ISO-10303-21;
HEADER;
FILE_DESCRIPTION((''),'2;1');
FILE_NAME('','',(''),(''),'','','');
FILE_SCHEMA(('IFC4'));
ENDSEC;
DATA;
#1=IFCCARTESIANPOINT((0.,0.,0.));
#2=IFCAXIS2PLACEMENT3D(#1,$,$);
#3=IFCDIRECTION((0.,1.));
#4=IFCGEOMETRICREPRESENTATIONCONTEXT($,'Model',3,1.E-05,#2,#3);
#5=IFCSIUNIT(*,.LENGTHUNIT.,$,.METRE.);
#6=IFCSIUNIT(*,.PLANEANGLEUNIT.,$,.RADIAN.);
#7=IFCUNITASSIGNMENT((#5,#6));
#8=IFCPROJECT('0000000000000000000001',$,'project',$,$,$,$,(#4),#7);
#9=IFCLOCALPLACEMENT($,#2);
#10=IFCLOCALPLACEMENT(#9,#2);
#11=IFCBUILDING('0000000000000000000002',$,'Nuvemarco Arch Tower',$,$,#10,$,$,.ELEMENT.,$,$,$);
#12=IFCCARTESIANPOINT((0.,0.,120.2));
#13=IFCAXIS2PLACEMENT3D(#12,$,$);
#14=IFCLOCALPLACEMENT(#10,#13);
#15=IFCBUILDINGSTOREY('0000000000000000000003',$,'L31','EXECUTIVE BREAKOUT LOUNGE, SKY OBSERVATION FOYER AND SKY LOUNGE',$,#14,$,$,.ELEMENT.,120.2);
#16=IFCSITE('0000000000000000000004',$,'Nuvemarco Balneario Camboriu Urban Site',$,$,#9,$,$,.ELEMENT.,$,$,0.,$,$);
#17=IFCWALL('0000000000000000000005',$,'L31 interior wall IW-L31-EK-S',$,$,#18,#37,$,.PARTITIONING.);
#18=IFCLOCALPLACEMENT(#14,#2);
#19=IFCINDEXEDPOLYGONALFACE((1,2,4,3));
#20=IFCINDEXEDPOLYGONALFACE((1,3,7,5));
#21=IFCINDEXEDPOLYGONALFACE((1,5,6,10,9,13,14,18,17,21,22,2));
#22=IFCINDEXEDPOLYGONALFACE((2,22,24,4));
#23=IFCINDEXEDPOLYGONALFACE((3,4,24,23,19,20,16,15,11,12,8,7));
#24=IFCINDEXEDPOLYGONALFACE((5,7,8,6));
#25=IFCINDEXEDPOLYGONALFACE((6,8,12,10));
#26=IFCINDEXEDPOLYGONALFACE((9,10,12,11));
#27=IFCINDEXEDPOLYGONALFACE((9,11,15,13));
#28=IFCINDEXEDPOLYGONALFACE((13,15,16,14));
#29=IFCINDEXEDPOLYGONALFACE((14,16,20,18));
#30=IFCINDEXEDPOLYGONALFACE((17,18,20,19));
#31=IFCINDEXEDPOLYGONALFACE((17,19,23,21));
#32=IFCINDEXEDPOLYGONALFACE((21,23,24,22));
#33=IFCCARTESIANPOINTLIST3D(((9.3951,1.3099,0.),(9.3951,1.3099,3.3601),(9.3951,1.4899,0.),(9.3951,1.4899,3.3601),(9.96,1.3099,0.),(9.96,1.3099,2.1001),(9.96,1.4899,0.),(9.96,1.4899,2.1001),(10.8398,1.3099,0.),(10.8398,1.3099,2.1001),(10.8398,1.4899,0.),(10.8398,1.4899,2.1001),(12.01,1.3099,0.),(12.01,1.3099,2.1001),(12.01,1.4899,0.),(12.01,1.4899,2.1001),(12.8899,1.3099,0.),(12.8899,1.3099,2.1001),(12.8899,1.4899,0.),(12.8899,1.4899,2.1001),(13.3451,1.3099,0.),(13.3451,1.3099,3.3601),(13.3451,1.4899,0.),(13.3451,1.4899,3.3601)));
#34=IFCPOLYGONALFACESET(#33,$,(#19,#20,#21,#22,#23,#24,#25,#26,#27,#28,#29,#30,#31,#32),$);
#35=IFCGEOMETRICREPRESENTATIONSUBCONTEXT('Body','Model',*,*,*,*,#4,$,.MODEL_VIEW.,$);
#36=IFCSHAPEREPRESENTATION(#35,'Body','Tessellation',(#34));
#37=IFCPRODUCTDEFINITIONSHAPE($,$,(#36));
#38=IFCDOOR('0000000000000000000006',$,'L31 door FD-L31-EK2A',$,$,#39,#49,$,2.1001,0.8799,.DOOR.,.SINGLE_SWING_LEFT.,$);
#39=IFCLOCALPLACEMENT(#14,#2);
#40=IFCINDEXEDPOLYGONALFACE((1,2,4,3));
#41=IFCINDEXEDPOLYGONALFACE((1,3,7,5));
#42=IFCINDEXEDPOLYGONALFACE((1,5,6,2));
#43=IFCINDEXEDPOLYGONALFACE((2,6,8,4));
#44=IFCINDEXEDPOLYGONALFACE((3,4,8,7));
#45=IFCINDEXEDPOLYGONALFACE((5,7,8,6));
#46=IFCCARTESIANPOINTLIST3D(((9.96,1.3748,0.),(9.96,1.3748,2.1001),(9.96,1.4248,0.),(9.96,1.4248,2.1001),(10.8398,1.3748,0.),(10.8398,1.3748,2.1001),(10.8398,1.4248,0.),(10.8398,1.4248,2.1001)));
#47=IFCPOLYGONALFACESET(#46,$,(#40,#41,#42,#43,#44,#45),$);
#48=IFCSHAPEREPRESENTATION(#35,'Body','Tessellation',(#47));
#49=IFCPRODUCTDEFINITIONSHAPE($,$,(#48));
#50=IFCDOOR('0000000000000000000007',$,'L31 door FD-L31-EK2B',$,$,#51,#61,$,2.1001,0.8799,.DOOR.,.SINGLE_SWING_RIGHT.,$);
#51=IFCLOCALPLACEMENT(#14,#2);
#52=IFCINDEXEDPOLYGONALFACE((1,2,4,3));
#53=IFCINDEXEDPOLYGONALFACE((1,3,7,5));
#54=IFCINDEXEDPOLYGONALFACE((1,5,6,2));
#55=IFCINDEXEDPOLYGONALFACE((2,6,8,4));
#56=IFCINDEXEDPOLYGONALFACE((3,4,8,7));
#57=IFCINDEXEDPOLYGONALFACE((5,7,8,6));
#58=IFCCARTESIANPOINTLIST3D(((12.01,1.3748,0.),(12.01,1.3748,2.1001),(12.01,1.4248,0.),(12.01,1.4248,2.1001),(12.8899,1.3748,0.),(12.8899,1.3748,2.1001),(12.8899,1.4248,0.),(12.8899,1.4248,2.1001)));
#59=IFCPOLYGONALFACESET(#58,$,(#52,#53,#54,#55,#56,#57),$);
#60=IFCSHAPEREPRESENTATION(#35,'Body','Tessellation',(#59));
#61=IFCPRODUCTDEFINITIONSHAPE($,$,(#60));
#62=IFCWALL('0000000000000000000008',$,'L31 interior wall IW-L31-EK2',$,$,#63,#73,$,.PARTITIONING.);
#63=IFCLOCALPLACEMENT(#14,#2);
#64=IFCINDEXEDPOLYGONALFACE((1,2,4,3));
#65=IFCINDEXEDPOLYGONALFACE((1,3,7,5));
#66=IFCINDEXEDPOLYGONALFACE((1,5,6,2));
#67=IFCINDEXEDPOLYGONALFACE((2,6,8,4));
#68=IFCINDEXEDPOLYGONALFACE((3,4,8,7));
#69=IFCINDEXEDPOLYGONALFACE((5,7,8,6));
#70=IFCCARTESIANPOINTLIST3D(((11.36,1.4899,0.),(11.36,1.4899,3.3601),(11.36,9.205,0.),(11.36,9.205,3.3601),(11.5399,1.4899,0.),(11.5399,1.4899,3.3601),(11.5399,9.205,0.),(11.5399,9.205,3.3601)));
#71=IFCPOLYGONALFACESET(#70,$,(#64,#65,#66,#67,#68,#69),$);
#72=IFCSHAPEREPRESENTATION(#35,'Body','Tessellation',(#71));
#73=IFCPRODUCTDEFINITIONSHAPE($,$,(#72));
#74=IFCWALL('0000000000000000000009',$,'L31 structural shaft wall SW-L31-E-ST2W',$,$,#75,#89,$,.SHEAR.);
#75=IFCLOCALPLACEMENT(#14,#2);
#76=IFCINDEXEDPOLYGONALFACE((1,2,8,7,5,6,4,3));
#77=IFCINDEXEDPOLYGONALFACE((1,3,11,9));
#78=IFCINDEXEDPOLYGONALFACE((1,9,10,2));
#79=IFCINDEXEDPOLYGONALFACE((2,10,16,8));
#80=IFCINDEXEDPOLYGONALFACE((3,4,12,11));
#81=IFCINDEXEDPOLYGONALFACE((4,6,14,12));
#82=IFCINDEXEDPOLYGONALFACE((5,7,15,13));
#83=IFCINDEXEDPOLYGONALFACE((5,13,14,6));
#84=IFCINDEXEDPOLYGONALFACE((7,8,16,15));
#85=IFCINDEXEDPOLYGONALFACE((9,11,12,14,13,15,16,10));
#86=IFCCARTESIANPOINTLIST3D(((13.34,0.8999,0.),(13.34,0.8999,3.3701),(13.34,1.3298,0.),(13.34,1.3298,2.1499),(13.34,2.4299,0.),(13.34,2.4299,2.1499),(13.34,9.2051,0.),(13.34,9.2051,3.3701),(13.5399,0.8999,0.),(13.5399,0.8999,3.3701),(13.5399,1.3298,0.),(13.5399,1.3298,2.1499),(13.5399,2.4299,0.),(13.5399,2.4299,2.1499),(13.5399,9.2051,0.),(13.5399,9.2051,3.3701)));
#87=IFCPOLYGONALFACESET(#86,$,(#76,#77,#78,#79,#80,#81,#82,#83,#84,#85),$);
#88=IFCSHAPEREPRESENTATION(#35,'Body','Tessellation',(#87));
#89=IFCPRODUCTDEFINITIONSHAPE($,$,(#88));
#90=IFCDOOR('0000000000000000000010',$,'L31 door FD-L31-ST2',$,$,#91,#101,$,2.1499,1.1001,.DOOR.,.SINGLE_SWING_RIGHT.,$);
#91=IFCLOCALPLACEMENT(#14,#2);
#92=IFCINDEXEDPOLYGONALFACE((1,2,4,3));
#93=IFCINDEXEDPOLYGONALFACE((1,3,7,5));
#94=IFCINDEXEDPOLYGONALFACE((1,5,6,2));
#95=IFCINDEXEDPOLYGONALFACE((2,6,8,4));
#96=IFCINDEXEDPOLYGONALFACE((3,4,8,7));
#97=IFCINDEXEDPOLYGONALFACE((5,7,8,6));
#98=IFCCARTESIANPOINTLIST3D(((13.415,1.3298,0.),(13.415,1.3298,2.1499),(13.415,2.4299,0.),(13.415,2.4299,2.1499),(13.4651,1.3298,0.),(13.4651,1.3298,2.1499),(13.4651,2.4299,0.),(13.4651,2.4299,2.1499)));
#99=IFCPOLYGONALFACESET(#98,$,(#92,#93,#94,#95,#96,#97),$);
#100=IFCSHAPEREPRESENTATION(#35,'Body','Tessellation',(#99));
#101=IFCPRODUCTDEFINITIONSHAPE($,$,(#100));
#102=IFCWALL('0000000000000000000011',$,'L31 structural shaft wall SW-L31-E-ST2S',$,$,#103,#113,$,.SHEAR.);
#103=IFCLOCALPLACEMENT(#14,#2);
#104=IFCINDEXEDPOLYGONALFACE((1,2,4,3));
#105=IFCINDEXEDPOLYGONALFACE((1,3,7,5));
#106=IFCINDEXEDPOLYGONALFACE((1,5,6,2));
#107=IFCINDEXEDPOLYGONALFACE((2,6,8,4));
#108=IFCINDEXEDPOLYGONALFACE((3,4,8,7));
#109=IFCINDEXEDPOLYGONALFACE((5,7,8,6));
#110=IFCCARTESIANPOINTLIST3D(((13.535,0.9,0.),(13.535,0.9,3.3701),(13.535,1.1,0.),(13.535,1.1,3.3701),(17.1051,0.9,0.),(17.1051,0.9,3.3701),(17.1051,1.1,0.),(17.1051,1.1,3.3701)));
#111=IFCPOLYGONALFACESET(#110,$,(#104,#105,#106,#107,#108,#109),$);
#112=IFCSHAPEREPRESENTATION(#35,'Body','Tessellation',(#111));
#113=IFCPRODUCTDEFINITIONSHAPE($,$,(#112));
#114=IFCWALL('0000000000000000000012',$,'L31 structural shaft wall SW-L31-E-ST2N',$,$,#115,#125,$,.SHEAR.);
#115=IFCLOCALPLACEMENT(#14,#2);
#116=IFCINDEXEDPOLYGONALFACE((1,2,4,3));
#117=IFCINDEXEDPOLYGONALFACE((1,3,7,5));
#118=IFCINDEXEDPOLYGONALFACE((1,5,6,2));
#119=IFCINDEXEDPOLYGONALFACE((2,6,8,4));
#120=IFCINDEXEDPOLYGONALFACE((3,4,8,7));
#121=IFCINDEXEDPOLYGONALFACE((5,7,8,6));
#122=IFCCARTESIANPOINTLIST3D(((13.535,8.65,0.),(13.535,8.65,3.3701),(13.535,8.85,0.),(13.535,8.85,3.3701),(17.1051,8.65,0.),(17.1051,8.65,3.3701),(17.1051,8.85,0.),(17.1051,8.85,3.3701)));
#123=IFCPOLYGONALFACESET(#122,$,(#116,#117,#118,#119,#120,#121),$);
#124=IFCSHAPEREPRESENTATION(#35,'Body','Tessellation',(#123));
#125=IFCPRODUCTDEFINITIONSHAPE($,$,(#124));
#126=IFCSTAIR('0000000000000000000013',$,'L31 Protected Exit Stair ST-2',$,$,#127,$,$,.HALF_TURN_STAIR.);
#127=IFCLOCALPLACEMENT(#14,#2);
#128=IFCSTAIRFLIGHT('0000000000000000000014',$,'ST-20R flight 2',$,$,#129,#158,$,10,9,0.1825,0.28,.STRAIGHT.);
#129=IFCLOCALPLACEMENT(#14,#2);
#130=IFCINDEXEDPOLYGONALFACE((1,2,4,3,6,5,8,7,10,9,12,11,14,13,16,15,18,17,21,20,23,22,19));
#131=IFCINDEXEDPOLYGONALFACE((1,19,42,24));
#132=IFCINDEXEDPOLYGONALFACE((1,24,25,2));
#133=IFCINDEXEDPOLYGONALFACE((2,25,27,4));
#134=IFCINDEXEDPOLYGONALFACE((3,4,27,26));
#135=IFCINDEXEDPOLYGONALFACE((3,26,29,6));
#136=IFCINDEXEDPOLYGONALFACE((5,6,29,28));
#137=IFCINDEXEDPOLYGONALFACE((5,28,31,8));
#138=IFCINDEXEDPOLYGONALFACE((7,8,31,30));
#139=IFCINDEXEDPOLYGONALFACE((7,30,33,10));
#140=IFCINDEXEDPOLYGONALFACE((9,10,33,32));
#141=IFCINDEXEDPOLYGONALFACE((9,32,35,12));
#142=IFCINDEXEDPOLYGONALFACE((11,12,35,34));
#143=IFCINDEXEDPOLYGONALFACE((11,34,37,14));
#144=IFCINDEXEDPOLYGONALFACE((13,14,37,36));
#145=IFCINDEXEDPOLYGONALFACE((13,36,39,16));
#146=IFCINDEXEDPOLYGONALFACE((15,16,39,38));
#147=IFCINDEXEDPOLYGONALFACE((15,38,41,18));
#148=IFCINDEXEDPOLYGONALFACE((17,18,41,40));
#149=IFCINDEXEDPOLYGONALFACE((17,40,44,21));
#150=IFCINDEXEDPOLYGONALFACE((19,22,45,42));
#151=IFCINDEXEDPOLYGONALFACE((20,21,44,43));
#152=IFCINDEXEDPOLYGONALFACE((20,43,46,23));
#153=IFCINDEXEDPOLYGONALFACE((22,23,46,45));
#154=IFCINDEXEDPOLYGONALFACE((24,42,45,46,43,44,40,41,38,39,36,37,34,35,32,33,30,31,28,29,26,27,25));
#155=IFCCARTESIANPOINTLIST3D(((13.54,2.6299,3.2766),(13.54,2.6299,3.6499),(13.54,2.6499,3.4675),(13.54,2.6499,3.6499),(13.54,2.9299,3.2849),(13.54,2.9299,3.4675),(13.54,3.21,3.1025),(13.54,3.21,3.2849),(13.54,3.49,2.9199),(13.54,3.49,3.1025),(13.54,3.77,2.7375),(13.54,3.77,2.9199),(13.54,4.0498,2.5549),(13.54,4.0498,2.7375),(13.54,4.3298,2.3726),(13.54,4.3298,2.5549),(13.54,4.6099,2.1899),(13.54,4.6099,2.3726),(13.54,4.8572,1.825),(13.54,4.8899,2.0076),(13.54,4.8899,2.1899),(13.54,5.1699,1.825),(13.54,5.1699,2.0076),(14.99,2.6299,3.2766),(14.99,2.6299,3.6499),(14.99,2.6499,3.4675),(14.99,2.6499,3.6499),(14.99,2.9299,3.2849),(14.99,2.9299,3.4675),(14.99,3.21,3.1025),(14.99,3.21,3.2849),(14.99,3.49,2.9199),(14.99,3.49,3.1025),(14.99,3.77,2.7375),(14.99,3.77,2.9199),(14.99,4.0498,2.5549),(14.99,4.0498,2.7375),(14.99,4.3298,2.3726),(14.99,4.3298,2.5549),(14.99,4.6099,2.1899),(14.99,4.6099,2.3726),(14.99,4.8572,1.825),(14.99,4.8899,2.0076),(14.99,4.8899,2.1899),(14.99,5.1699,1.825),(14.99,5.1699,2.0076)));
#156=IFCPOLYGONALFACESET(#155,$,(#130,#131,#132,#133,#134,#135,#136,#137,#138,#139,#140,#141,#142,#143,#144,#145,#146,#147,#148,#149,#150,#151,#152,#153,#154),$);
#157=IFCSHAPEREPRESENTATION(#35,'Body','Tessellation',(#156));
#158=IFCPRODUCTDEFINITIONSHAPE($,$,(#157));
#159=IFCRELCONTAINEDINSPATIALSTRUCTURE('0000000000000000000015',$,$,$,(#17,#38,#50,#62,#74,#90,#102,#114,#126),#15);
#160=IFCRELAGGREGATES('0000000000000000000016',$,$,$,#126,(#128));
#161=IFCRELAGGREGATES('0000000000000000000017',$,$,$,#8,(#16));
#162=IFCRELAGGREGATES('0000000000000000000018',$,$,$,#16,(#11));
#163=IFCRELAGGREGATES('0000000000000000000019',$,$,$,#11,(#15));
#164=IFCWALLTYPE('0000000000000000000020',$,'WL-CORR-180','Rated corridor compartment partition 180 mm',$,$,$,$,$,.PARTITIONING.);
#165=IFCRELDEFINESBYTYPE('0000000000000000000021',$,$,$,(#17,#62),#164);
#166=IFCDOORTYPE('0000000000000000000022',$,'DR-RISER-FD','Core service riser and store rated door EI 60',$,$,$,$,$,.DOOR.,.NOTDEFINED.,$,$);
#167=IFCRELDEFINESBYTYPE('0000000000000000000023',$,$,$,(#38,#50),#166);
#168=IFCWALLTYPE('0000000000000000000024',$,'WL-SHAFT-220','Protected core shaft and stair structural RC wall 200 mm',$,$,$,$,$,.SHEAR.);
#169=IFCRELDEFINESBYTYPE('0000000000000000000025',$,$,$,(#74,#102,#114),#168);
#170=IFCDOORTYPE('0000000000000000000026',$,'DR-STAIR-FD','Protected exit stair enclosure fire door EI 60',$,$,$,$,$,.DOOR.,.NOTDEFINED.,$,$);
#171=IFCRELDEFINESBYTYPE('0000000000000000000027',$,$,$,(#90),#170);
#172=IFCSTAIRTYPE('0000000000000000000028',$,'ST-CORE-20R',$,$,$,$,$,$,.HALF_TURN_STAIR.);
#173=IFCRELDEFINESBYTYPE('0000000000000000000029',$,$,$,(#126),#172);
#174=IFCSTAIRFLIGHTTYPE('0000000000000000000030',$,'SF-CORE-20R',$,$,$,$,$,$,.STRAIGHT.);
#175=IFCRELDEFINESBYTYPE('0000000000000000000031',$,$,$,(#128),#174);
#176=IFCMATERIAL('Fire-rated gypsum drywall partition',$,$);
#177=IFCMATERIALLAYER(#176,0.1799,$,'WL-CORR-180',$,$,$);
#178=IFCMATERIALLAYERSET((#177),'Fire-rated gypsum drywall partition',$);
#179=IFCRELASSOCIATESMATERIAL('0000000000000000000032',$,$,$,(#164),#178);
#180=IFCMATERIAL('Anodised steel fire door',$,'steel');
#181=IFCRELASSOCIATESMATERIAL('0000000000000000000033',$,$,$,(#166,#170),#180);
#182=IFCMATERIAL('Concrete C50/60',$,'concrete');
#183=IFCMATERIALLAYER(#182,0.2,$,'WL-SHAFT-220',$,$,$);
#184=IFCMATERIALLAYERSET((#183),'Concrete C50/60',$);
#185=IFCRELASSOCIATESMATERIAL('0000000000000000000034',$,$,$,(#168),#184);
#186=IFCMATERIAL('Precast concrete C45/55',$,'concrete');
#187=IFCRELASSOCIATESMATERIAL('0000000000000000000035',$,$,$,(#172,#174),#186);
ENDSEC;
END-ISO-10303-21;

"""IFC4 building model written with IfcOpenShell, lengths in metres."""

from ifc_helpers import new_model, si_unit, direction, frame, frame_2d, origin, place, context, subcontext, project, spatial, polyline, rectangle, outline, extrude, source, transform, mapped, material, layer, layer_set, type_object, type_shapes, element, fill, aggregate, save


model = new_model("IFC4")

# Units and contexts
model_context = context("Model", 3, precision=1e-05, world=origin(), true_north=direction((0.0, 1.0)))
body_context = subcontext(model_context, "Body", "Model", "MODEL_VIEW")
ifc_project = project(units=[si_unit("LENGTHUNIT", "METRE"), si_unit("PLANEANGLEUNIT", "RADIAN")], contexts=[model_context])

# Site, building, storey
site_placement = place(None, origin())
site = spatial("IfcSite", under=ifc_project, at=site_placement, Name="Nuvemarco Balneario Camboriu Urban Site", CompositionType="ELEMENT", RefElevation=0.0)
building_placement = place(site_placement, origin())
building = spatial("IfcBuilding", under=site, at=building_placement, Name="Nuvemarco Arch Tower", CompositionType="ELEMENT")
storey_placement = place(building_placement, frame((0.0, 0.0, 120.2)))
storey = spatial("IfcBuildingStorey", under=building, at=storey_placement, Name="L31", Description="EXECUTIVE BREAKOUT LOUNGE, SKY OBSERVATION FOYER AND SKY LOUNGE", CompositionType="ELEMENT", Elevation=120.2)

# Wall, openings, doors
ifc_material_1 = material(Name="Fire-rated gypsum drywall partition")
ifc_layer_1 = layer(ifc_material_1, 0.1799, Name="WL-CORR-180")
ifc_layer_set_1 = layer_set([ifc_layer_1], Name="Fire-rated gypsum drywall partition")
wall_type_1 = type_object("IfcWallType", Name="WL-CORR-180", Description="Rated corridor compartment partition 180 mm", PredefinedType="PARTITIONING", material=ifc_layer_set_1)
wall_1_placement = place(storey_placement, frame((9.395, 1.3999, 0.0), z_axis=(0.0, 0.0, 1.0), x_axis=(1.0, 0.0, 0.0)))
wall_1 = element("IfcWall", 1, at=wall_1_placement, inside=storey, type_object=wall_type_1, Name="L31 interior wall IW-L31-EK-S", PredefinedType="PARTITIONING", context=body_context, shape_type="SweptSolid", body=[
    extrude(rectangle(XDim=3.95, YDim=0.1799, at=frame_2d((1.9751, 0.0))), origin(), (0.0, 0.0, 1.0), 3.3601),
])
opening_1_placement = place(wall_1_placement, frame((0.5649, 0.0, 0.0)))
opening_1 = element("IfcOpeningElement", 2, at=opening_1_placement, cuts=wall_1, PredefinedType="OPENING", context=body_context, shape_type="SweptSolid", body=[
    extrude(rectangle(XDim=0.8799, YDim=2.1001, at=frame_2d((0.4399, 1.05))), frame((0.0, 0.0999, 0.0), z_axis=(0.0, -1.0, 0.0), x_axis=(1.0, 0.0, 0.0)), (0.0, 0.0, 1.0), 0.2),
])
opening_2_placement = place(wall_1_placement, frame((2.615, 0.0, 0.0)))
opening_2 = element("IfcOpeningElement", 3, at=opening_2_placement, cuts=wall_1, PredefinedType="OPENING", context=body_context, shape_type="SweptSolid", body=[
    extrude(rectangle(XDim=0.8799, YDim=2.1001, at=frame_2d((0.4399, 1.05))), frame((0.0, 0.0999, 0.0), z_axis=(0.0, -1.0, 0.0), x_axis=(1.0, 0.0, 0.0)), (0.0, 0.0, 1.0), 0.2),
])
ifc_material_2 = material(Name="Anodised steel fire door", Category="steel")
door_type_1 = type_object("IfcDoorType", Name="DR-RISER-FD", Description="Core service riser and store rated door EI 60", OperationType="NOTDEFINED", PredefinedType="DOOR", material=ifc_material_2)
shared_shape_1 = source(origin(), body_context, "Body", "SweptSolid", [
    extrude(rectangle(XDim=0.8799, YDim=2.1001, at=frame_2d((0.4399, 1.05))), frame((0.0, 0.0249, 0.0), z_axis=(0.0, -1.0, 0.0), x_axis=(1.0, 0.0, 0.0)), (0.0, 0.0, 1.0), 0.05),
])
type_shapes(door_type_1, [shared_shape_1])
door_1_placement = place(opening_1_placement, origin())
door_1 = element("IfcDoor", 4, at=door_1_placement, inside=storey, type_object=door_type_1, Name="L31 door FD-L31-EK2A", OperationType="SINGLE_SWING_LEFT", OverallHeight=2.1001, OverallWidth=0.8799, PredefinedType="DOOR", context=body_context, shape_type="MappedRepresentation", body=[
    mapped(shared_shape_1, transform((0.0, 0.0, 0.0), scale=1.0)),
])
fill(opening_1, door_1)
door_2_placement = place(opening_2_placement, origin())
door_2 = element("IfcDoor", 5, at=door_2_placement, inside=storey, type_object=door_type_1, Name="L31 door FD-L31-EK2B", OperationType="SINGLE_SWING_RIGHT", OverallHeight=2.1001, OverallWidth=0.8799, PredefinedType="DOOR", context=body_context, shape_type="MappedRepresentation", body=[
    mapped(shared_shape_1, transform((0.0, 0.0, 0.0), scale=1.0)),
])
fill(opening_2, door_2)

# Wall
wall_2_placement = place(storey_placement, frame((11.45, 1.49, 0.0), z_axis=(0.0, 0.0, 1.0), x_axis=(0.0, 1.0, 0.0)))
element("IfcWall", 6, at=wall_2_placement, inside=storey, type_object=wall_type_1, Name="L31 interior wall IW-L31-EK2", PredefinedType="PARTITIONING", context=body_context, shape_type="SweptSolid", body=[
    extrude(rectangle(XDim=7.7151, YDim=0.1799, at=frame_2d((3.8574, 0.0))), origin(), (0.0, 0.0, 1.0), 3.3601),
])

# Wall, opening, door
ifc_material_3 = material(Name="Concrete C50/60", Category="concrete")
ifc_layer_2 = layer(ifc_material_3, 0.2, Name="WL-SHAFT-220")
ifc_layer_set_2 = layer_set([ifc_layer_2], Name="Concrete C50/60")
wall_type_2 = type_object("IfcWallType", Name="WL-SHAFT-220", Description="Protected core shaft and stair structural RC wall 200 mm", PredefinedType="SHEAR", material=ifc_layer_set_2)
wall_3_placement = place(storey_placement, frame((13.4399, 0.8999, 0.0), z_axis=(0.0, 0.0, 1.0), x_axis=(0.0, 1.0, 0.0)))
wall_3 = element("IfcWall", 7, at=wall_3_placement, inside=storey, type_object=wall_type_2, Name="L31 structural shaft wall SW-L31-E-ST2W", PredefinedType="SHEAR", context=body_context, shape_type="SweptSolid", body=[
    extrude(rectangle(XDim=8.3052, YDim=0.2, at=frame_2d((4.1526, 0.0))), origin(), (0.0, 0.0, 1.0), 3.3701),
])
opening_3_placement = place(wall_3_placement, frame((0.4299, 0.0, 0.0)))
opening_3 = element("IfcOpeningElement", 8, at=opening_3_placement, cuts=wall_3, PredefinedType="OPENING", context=body_context, shape_type="SweptSolid", body=[
    extrude(rectangle(XDim=1.1001, YDim=2.1499, at=frame_2d((0.55, 1.075))), frame((0.0, 0.1099, 0.0), z_axis=(0.0, -1.0, 0.0), x_axis=(1.0, 0.0, 0.0)), (0.0, 0.0, 1.0), 0.22),
])
door_type_2 = type_object("IfcDoorType", Name="DR-STAIR-FD", Description="Protected exit stair enclosure fire door EI 60", OperationType="NOTDEFINED", PredefinedType="DOOR", material=ifc_material_2)
shared_shape_2 = source(origin(), body_context, "Body", "SweptSolid", [
    extrude(rectangle(XDim=1.1001, YDim=2.1499, at=frame_2d((0.55, 1.075))), frame((0.0, 0.0249, 0.0), z_axis=(0.0, -1.0, 0.0), x_axis=(1.0, 0.0, 0.0)), (0.0, 0.0, 1.0), 0.05),
])
type_shapes(door_type_2, [shared_shape_2])
door_3_placement = place(opening_3_placement, origin())
door_3 = element("IfcDoor", 9, at=door_3_placement, inside=storey, type_object=door_type_2, Name="L31 door FD-L31-ST2", OperationType="SINGLE_SWING_RIGHT", OverallHeight=2.1499, OverallWidth=1.1001, PredefinedType="DOOR", context=body_context, shape_type="MappedRepresentation", body=[
    mapped(shared_shape_2, transform((0.0, 0.0, 0.0), scale=1.0)),
])
fill(opening_3, door_3)

# Walls
for number, where, z_axis, x_axis, name in (
    (10, (13.5349, 1.0, 0.0), (0.0, 0.0, 1.0), (1.0, 0.0, 0.0), "L31 structural shaft wall SW-L31-E-ST2S"),
    (11, (13.5349, 8.75, 0.0), (0.0, 0.0, 1.0), (1.0, 0.0, 0.0), "L31 structural shaft wall SW-L31-E-ST2N"),
):
    element("IfcWall", number, at=place(storey_placement, frame(where, z_axis=z_axis, x_axis=x_axis)), inside=storey, type_object=wall_type_2, Name=name, PredefinedType="SHEAR", context=body_context, shape_type="SweptSolid", body=[
        extrude(rectangle(XDim=3.5701, YDim=0.2, at=frame_2d((1.7852, 0.0))), origin(), (0.0, 0.0, 1.0), 3.3701),
    ])

# Stair, stair flight
ifc_material_4 = material(Name="Precast concrete C45/55", Category="concrete")
stair_type = type_object("IfcStairType", Name="ST-CORE-20R", PredefinedType="HALF_TURN_STAIR", material=ifc_material_4)
stair_placement = place(storey_placement, origin())
stair = element("IfcStair", 12, at=stair_placement, inside=storey, type_object=stair_type, Name="L31 Protected Exit Stair ST-2", PredefinedType="HALF_TURN_STAIR")
stair_flight_type = type_object("IfcStairFlightType", Name="SF-CORE-20R", PredefinedType="STRAIGHT", material=ifc_material_4)
stair_flight_placement = place(storey_placement, frame((14.2649, 5.1699, 1.825), z_axis=(0.0, 0.0, 1.0), x_axis=(0.0, -1.0, 0.0)))
stair_flight = element("IfcStairFlight", 13, at=stair_flight_placement, type_object=stair_flight_type, Name="ST-20R flight 2", NumberOfRisers=10, NumberOfTreads=9, PredefinedType="STRAIGHT", RiserHeight=0.1825, TreadLength=0.28, context=body_context, shape_type="SweptSolid", body=[
    extrude(outline(polyline([(0.0, 0.0), (0.0, 0.1826), (0.28, 0.1826), (0.28, 0.365), (0.5601, 0.365), (0.5601, 0.5476), (0.8401, 0.5476), (0.8401, 0.73), (1.1201, 0.73), (1.1201, 0.9126), (1.3999, 0.9126), (1.3999, 1.095), (1.6799, 1.095), (1.6799, 1.2776), (1.96, 1.2776), (1.96, 1.46), (2.24, 1.46), (2.24, 1.6426), (2.52, 1.6426), (2.52, 1.825), (2.54, 1.825), (2.54, 1.4517), (0.3127, 0.0), (0.0, 0.0)])), frame((0.0, 0.7251, 0.0), z_axis=(0.0, -1.0, 0.0), x_axis=(1.0, 0.0, 0.0)), (0.0, 0.0, 1.0), 1.45),
])
aggregate(stair, [stair_flight])

save(model, "model.ifc")
